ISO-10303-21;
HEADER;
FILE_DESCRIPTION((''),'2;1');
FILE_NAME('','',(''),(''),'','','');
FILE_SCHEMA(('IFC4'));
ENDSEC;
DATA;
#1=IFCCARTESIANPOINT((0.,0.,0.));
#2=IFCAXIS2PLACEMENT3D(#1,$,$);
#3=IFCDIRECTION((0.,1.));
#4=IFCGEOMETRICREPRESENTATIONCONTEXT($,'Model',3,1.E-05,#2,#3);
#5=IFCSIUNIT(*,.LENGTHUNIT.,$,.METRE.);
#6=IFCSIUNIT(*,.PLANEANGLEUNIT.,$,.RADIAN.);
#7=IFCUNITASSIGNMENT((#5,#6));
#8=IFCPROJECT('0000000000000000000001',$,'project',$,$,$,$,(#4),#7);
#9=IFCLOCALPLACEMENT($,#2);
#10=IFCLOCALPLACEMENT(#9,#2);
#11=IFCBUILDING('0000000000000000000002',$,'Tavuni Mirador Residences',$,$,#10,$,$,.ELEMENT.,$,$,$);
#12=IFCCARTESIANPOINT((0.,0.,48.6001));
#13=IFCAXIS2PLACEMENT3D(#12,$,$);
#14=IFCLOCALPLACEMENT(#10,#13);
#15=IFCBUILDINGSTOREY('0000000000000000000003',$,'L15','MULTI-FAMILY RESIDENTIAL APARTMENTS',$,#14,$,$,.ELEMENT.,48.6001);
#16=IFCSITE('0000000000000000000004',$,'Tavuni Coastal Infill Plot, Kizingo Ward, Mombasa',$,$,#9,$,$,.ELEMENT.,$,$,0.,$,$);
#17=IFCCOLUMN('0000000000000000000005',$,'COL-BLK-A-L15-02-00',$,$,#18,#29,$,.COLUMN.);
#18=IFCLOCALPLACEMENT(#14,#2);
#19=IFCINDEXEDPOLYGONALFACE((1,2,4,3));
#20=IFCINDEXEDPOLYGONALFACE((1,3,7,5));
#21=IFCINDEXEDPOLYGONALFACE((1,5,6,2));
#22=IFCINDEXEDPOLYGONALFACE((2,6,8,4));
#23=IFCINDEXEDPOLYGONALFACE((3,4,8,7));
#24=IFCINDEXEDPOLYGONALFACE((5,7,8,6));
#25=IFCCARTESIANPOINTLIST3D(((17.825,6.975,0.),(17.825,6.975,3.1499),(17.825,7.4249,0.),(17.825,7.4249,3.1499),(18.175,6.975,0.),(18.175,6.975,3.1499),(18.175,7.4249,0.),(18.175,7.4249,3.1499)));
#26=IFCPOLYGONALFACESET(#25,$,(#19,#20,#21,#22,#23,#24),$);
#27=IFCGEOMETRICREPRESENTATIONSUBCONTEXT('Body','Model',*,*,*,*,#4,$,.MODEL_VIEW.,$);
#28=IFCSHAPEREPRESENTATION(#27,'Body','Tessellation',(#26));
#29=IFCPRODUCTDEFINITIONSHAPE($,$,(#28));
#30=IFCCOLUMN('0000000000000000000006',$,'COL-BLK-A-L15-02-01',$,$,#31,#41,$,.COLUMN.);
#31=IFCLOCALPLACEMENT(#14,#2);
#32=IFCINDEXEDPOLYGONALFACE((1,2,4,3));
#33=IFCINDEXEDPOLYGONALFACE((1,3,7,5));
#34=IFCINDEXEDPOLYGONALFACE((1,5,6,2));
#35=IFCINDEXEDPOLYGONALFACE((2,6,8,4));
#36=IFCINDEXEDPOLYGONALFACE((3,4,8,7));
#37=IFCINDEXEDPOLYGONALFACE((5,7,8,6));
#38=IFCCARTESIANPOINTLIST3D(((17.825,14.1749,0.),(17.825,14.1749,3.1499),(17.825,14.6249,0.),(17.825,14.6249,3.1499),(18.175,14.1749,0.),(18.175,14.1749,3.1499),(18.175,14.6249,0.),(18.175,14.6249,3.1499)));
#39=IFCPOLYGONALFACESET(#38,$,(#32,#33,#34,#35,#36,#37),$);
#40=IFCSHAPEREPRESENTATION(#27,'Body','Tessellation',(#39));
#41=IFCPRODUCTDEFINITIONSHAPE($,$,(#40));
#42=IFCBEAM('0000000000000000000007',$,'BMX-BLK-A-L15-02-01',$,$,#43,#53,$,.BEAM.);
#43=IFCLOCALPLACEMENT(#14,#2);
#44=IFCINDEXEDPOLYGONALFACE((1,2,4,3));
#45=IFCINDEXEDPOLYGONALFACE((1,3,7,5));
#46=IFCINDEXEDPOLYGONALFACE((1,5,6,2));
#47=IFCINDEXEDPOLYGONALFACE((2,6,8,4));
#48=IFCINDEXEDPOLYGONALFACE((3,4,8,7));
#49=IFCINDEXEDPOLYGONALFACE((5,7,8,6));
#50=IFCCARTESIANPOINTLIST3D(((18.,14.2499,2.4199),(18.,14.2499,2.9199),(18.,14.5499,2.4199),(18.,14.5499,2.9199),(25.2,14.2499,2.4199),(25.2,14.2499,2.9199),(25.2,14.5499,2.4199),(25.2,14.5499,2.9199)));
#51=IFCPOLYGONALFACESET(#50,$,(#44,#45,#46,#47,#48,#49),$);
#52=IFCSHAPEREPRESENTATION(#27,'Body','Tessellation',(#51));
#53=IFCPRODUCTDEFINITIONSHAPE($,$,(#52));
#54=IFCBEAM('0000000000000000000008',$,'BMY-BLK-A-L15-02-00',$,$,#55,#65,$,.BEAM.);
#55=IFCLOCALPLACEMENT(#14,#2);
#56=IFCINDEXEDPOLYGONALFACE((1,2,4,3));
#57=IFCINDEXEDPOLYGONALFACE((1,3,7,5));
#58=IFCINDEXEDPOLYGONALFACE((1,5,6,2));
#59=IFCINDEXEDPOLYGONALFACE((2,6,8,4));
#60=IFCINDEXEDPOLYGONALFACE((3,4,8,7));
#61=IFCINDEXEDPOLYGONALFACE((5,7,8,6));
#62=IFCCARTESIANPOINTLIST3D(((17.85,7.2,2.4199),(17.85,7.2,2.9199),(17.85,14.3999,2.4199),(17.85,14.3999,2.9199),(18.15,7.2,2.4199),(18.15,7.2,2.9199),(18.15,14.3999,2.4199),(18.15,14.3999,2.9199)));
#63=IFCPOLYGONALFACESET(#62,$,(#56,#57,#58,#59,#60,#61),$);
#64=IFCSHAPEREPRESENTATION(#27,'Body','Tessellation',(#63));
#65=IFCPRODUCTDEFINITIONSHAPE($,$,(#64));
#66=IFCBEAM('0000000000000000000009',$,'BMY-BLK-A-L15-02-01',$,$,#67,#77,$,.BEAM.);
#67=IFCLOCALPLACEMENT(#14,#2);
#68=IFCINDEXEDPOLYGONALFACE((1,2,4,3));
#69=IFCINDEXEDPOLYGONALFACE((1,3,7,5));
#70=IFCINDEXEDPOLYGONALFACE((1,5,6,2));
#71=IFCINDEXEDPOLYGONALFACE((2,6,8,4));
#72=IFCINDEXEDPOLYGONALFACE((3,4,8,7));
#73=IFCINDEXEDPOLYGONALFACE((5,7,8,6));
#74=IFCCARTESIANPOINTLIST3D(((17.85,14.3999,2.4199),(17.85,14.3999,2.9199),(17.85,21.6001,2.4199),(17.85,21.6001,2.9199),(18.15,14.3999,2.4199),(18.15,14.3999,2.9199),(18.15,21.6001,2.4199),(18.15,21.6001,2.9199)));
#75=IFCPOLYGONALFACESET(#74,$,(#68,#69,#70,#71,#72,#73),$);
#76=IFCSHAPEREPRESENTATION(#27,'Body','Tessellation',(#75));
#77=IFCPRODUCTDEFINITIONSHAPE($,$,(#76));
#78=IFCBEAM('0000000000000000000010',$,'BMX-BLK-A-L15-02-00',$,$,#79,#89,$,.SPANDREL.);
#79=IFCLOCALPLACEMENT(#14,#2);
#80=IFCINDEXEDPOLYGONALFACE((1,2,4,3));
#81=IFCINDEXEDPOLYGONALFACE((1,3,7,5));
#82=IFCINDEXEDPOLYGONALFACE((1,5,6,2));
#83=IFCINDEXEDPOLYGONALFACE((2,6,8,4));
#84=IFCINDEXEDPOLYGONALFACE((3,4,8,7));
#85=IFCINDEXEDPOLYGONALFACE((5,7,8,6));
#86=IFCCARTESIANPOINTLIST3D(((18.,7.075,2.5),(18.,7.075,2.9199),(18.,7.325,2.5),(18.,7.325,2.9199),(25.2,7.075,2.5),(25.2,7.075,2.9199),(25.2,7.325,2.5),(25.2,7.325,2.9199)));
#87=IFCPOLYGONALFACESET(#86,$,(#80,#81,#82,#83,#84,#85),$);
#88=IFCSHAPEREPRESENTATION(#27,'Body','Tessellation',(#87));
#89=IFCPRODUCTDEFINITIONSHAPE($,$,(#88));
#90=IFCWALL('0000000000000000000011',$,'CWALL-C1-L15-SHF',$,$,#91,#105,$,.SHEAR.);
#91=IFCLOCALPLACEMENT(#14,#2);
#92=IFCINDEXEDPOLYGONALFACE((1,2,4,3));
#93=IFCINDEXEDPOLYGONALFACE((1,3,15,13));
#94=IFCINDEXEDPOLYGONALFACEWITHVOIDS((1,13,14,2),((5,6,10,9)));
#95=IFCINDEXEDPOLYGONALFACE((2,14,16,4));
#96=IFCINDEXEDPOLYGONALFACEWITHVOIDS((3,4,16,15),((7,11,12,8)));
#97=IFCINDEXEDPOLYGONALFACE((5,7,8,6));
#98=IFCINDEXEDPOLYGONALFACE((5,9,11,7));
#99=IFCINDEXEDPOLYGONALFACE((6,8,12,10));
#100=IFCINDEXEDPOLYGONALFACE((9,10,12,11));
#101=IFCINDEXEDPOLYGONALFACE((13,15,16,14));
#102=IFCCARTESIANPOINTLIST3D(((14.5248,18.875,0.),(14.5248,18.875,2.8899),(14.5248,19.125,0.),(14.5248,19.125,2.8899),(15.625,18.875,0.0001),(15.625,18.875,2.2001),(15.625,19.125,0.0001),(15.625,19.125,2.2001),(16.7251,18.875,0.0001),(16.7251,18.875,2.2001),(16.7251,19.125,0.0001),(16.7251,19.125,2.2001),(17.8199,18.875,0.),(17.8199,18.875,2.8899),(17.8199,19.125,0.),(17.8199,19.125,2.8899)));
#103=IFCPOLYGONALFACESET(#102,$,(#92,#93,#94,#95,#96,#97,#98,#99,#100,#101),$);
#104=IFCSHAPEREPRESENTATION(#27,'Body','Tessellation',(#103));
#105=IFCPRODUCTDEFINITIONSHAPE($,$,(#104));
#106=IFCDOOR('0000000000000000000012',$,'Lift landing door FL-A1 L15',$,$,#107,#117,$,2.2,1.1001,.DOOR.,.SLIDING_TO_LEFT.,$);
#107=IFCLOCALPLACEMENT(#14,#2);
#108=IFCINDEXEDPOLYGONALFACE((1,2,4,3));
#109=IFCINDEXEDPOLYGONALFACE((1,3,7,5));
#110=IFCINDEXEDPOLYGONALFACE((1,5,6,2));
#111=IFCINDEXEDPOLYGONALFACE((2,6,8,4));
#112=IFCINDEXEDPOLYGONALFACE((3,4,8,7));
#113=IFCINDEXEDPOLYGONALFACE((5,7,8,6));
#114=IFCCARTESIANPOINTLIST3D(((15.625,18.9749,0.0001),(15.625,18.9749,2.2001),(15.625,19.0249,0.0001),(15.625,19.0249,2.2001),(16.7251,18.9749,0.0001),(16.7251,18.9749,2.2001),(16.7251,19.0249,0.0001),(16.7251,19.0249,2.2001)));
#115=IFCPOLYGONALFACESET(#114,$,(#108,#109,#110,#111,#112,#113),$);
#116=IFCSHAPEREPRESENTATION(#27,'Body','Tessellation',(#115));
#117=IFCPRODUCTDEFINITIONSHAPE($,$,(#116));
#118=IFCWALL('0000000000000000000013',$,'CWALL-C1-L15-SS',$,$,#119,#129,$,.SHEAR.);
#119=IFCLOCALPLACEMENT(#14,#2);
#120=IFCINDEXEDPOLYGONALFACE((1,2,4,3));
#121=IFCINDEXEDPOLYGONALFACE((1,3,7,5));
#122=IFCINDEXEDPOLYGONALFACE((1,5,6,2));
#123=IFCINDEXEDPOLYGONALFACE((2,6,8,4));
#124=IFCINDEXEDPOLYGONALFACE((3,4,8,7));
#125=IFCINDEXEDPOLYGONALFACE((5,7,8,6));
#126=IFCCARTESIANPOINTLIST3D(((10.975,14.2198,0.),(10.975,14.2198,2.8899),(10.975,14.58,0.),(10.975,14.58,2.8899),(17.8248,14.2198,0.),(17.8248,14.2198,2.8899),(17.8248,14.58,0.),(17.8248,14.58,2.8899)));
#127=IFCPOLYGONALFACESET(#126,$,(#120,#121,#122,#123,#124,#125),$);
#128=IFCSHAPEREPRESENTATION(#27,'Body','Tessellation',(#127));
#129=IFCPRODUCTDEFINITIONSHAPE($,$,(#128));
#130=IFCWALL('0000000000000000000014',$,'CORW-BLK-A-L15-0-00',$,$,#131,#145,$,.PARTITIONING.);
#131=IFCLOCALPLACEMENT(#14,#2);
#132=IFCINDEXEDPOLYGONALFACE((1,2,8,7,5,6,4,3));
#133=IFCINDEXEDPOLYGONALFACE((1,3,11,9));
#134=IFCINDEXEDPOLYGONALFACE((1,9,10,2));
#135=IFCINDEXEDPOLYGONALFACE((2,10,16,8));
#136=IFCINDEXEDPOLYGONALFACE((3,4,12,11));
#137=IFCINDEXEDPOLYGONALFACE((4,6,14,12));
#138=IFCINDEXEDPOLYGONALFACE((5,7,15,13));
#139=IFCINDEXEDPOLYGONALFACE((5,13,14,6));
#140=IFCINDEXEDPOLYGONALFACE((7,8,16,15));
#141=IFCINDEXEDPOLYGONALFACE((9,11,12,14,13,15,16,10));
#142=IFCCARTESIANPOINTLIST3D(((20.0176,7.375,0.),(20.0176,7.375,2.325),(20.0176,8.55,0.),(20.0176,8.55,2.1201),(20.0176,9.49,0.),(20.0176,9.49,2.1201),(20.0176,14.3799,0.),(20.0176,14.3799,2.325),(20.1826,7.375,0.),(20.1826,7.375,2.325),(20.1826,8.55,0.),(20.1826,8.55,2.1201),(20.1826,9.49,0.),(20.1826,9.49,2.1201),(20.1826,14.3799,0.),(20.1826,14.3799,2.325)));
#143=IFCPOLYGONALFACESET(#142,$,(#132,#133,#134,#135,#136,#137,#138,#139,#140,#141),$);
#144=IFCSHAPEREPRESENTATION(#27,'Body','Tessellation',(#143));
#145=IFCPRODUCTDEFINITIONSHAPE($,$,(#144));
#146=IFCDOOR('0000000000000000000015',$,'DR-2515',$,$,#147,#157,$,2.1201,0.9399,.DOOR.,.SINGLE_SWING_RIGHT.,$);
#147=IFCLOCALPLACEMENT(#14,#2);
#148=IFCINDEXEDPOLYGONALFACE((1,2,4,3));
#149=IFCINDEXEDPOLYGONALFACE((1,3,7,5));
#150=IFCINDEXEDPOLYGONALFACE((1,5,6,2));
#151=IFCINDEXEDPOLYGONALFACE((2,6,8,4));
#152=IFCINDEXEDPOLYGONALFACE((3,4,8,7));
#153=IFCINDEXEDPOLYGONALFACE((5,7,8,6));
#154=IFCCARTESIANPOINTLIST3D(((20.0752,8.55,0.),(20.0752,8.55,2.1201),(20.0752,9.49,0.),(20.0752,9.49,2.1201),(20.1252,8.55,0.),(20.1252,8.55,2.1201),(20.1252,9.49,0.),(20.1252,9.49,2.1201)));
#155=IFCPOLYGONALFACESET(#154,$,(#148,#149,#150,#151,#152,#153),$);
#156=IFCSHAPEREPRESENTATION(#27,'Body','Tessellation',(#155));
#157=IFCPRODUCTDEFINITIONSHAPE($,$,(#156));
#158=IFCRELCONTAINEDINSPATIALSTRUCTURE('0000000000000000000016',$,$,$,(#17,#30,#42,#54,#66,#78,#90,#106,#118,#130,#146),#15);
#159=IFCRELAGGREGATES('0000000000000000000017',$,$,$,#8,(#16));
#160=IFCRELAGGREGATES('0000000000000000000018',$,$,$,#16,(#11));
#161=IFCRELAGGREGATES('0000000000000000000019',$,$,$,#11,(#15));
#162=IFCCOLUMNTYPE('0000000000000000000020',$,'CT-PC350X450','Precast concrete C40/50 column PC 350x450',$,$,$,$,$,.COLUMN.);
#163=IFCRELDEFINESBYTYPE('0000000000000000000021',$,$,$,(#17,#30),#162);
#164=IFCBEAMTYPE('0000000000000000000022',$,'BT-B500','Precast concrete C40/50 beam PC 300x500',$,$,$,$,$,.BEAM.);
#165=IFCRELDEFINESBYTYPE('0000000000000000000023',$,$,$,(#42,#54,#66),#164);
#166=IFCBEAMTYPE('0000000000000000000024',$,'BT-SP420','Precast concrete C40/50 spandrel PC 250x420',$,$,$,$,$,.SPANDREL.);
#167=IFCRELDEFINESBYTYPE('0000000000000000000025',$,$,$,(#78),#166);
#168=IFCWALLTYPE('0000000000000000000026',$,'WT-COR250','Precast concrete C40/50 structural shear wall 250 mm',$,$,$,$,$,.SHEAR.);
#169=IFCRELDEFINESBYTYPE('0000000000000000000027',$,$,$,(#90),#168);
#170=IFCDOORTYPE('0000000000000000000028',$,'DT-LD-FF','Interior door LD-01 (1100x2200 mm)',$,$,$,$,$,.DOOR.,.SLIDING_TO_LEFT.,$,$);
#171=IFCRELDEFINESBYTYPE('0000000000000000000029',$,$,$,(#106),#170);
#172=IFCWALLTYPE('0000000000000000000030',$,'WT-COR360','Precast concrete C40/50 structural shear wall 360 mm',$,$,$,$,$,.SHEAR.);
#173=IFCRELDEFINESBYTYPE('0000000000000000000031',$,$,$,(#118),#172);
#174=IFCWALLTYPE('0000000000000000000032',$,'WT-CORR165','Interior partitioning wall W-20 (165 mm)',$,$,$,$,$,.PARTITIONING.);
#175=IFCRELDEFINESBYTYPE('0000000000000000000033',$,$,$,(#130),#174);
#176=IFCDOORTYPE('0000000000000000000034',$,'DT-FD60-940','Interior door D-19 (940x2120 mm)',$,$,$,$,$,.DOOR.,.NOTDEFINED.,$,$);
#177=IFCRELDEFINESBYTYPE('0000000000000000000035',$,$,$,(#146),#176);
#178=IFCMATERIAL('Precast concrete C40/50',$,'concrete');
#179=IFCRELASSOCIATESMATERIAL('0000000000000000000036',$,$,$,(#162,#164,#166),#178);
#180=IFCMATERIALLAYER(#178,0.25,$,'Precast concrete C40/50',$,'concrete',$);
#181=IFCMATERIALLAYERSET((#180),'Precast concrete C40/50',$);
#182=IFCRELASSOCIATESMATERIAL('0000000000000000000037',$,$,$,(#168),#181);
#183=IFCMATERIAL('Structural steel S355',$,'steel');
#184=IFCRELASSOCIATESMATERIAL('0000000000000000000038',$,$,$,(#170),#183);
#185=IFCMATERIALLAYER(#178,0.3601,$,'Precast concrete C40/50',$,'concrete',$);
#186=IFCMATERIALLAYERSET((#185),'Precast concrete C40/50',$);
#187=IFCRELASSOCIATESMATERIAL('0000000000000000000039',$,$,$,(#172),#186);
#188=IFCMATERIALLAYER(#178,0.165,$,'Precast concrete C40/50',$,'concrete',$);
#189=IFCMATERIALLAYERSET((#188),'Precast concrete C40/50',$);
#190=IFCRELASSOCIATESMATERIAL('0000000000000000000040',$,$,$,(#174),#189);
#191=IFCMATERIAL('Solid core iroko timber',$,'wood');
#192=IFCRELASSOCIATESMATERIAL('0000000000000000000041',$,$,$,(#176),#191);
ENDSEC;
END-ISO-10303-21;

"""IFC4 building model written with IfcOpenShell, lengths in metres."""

from ifc_helpers import new_model, si_unit, direction, frame, frame_2d, origin, origin_2d, place, context, subcontext, project, spatial, rectangle, extrude, material, layer, layer_set, material_profile, profile_set, type_object, element, fill, save


model = new_model("IFC4")

# Units and contexts
model_context = context("Model", 3, precision=1e-05, world=origin(), true_north=direction((0.0, 1.0)))
body_context = subcontext(model_context, "Body", "Model", "MODEL_VIEW")
ifc_project = project(units=[si_unit("LENGTHUNIT", "METRE"), si_unit("PLANEANGLEUNIT", "RADIAN")], contexts=[model_context])

# Site, building, storey
site_placement = place(None, origin())
site = spatial("IfcSite", under=ifc_project, at=site_placement, Name="Tavuni Coastal Infill Plot, Kizingo Ward, Mombasa", CompositionType="ELEMENT", RefElevation=0.0)
building_placement = place(site_placement, origin())
building = spatial("IfcBuilding", under=site, at=building_placement, Name="Tavuni Mirador Residences", CompositionType="ELEMENT")
storey_placement = place(building_placement, frame((0.0, 0.0, 48.6001)))
storey = spatial("IfcBuildingStorey", under=building, at=storey_placement, Name="L15", Description="MULTI-FAMILY RESIDENTIAL APARTMENTS", CompositionType="ELEMENT", Elevation=48.6001)

# Columns
ifc_material_1 = material(Name="Precast concrete C40/50", Category="concrete")
ifc_material_profile_1 = material_profile(ifc_material_1, rectangle(XDim=0.3501, YDim=0.45, at=origin_2d()), Name="PC 350x450", Category="concrete")
ifc_profile_set_1 = profile_set([ifc_material_profile_1], Name="Precast concrete C40/50")
column_type = type_object("IfcColumnType", Name="CT-PC350X450", Description="Precast concrete C40/50 column PC 350x450", PredefinedType="COLUMN", material=ifc_profile_set_1)
for number, where, z_axis, x_axis, name in (
    (1, (18.0, 7.2, 0.0), (0.0, 0.0, 1.0), (1.0, 0.0, 0.0), "COL-BLK-A-L15-02-00"),
    (2, (18.0, 14.3999, 0.0), (0.0, 0.0, 1.0), (1.0, 0.0, 0.0), "COL-BLK-A-L15-02-01"),
):
    element("IfcColumn", number, at=place(storey_placement, frame(where, z_axis=z_axis, x_axis=x_axis)), inside=storey, type_object=column_type, Name=name, PredefinedType="COLUMN", context=body_context, shape_type="SweptSolid", body=[
        extrude(rectangle(XDim=0.3501, YDim=0.45, at=origin_2d()), origin(), (0.0, 0.0, 1.0), 3.1499),
    ])

# Beams
ifc_material_profile_2 = material_profile(ifc_material_1, rectangle(XDim=0.3, YDim=0.5, at=origin_2d()), Name="PC 300x500", Category="concrete")
ifc_profile_set_2 = profile_set([ifc_material_profile_2], Name="Precast concrete C40/50")
beam_type_1 = type_object("IfcBeamType", Name="BT-B500", Description="Precast concrete C40/50 beam PC 300x500", PredefinedType="BEAM", material=ifc_profile_set_2)
for number, where, z_axis, x_axis, name in (
    (3, (18.0, 14.3999, 2.6699), (1.0, 0.0, 0.0), (0.0, 1.0, 0.0), "BMX-BLK-A-L15-02-01"),
    (4, (18.0, 7.2, 2.6699), (0.0, 1.0, 0.0), (-1.0, 0.0, 0.0), "BMY-BLK-A-L15-02-00"),
):
    element("IfcBeam", number, at=place(storey_placement, frame(where, z_axis=z_axis, x_axis=x_axis)), inside=storey, type_object=beam_type_1, Name=name, PredefinedType="BEAM", context=body_context, shape_type="SweptSolid", body=[
        extrude(rectangle(XDim=0.3, YDim=0.5, at=origin_2d()), origin(), (0.0, 0.0, 1.0), 7.2),
    ])
beam_1_placement = place(storey_placement, frame((18.0, 14.3999, 2.6699), z_axis=(0.0, 1.0, 0.0), x_axis=(-1.0, 0.0, 0.0)))
element("IfcBeam", 5, at=beam_1_placement, inside=storey, type_object=beam_type_1, Name="BMY-BLK-A-L15-02-01", PredefinedType="BEAM", context=body_context, shape_type="SweptSolid", body=[
    extrude(rectangle(XDim=0.3, YDim=0.5, at=origin_2d()), origin(), (0.0, 0.0, 1.0), 7.2002),
])
ifc_material_profile_3 = material_profile(ifc_material_1, rectangle(XDim=0.25, YDim=0.4199, at=origin_2d()), Name="PC 250x420", Category="concrete")
ifc_profile_set_3 = profile_set([ifc_material_profile_3], Name="Precast concrete C40/50")
beam_type_2 = type_object("IfcBeamType", Name="BT-SP420", Description="Precast concrete C40/50 spandrel PC 250x420", PredefinedType="SPANDREL", material=ifc_profile_set_3)
beam_2_placement = place(storey_placement, frame((18.0, 7.2, 2.71), z_axis=(1.0, 0.0, 0.0), x_axis=(0.0, 1.0, 0.0)))
element("IfcBeam", 6, at=beam_2_placement, inside=storey, type_object=beam_type_2, Name="BMX-BLK-A-L15-02-00", PredefinedType="SPANDREL", context=body_context, shape_type="SweptSolid", body=[
    extrude(rectangle(XDim=0.25, YDim=0.4199, at=origin_2d()), origin(), (0.0, 0.0, 1.0), 7.2),
])

# Wall, opening, door
ifc_layer_1 = layer(ifc_material_1, 0.25, Name="Precast concrete C40/50", Category="concrete")
ifc_layer_set_1 = layer_set([ifc_layer_1], Name="Precast concrete C40/50")
wall_type_1 = type_object("IfcWallType", Name="WT-COR250", Description="Precast concrete C40/50 structural shear wall 250 mm", PredefinedType="SHEAR", material=ifc_layer_set_1)
ifc_material_2 = material(Name="Solid core iroko timber", Category="wood")
wall_1_placement = place(storey_placement, frame((14.5249, 19.0, 0.0), z_axis=(0.0, 0.0, 1.0), x_axis=(1.0, 0.0, 0.0)))
wall_1 = element("IfcWall", 7, at=wall_1_placement, inside=storey, type_object=wall_type_1, Name="CWALL-C1-L15-SHF", PredefinedType="SHEAR", context=body_context, shape_type="SweptSolid", body=[
    extrude(rectangle(XDim=3.2952, YDim=0.25, at=frame_2d((1.6475, 0.0))), origin(), (0.0, 0.0, 1.0), 2.8899),
])
opening_1_placement = place(wall_1_placement, frame((1.1001, 0.0, 0.0)))
opening_1 = element("IfcOpeningElement", 8, at=opening_1_placement, cuts=wall_1, PredefinedType="OPENING", context=body_context, shape_type="SweptSolid", body=[
    extrude(rectangle(XDim=1.1001, YDim=2.2, at=frame_2d((0.55, 1.1001))), frame((0.0, 0.135, 0.0), z_axis=(0.0, -1.0, 0.0), x_axis=(1.0, 0.0, 0.0)), (0.0, 0.0, 1.0), 0.27),
])
ifc_material_3 = material(Name="Structural steel S355", Category="steel")
door_type_1 = type_object("IfcDoorType", Name="DT-LD-FF", Description="Interior door LD-01 (1100x2200 mm)", OperationType="SLIDING_TO_LEFT", PredefinedType="DOOR", material=ifc_material_3)
door_1_placement = place(opening_1_placement, origin())
door_1 = element("IfcDoor", 9, at=door_1_placement, inside=storey, type_object=door_type_1, Name="Lift landing door FL-A1 L15", OperationType="SLIDING_TO_LEFT", OverallHeight=2.2, OverallWidth=1.1001, PredefinedType="DOOR", context=body_context, shape_type="SweptSolid", body=[
    extrude(rectangle(XDim=1.1001, YDim=2.2, at=frame_2d((0.55, 1.1001))), frame((0.0, 0.0249, 0.0), z_axis=(0.0, -1.0, 0.0), x_axis=(1.0, 0.0, 0.0)), (0.0, 0.0, 1.0), 0.05),
])
fill(opening_1, door_1)
ifc_layer_2 = layer(ifc_material_1, 0.3601, Name="Precast concrete C40/50", Category="concrete")
ifc_layer_set_2 = layer_set([ifc_layer_2], Name="Precast concrete C40/50")
wall_type_2 = type_object("IfcWallType", Name="WT-COR360", Description="Precast concrete C40/50 structural shear wall 360 mm", PredefinedType="SHEAR", material=ifc_layer_set_2)

# Wall
wall_2_placement = place(storey_placement, frame((10.9751, 14.3999, 0.0), z_axis=(0.0, 0.0, 1.0), x_axis=(1.0, 0.0, 0.0)))
element("IfcWall", 10, at=wall_2_placement, inside=storey, type_object=wall_type_2, Name="CWALL-C1-L15-SS", PredefinedType="SHEAR", context=body_context, shape_type="SweptSolid", body=[
    extrude(rectangle(XDim=6.8499, YDim=0.3601, at=frame_2d((3.4248, 0.0))), origin(), (0.0, 0.0, 1.0), 2.8899),
])

# Wall, opening, door
ifc_layer_3 = layer(ifc_material_1, 0.165, Name="Precast concrete C40/50", Category="concrete")
ifc_layer_set_3 = layer_set([ifc_layer_3], Name="Precast concrete C40/50")
wall_type_3 = type_object("IfcWallType", Name="WT-CORR165", Description="Interior partitioning wall W-20 (165 mm)", PredefinedType="PARTITIONING", material=ifc_layer_set_3)
wall_3_placement = place(storey_placement, frame((20.1001, 7.375, 0.0), z_axis=(0.0, 0.0, 1.0), x_axis=(0.0, 1.0, 0.0)))
wall_3 = element("IfcWall", 11, at=wall_3_placement, inside=storey, type_object=wall_type_3, Name="CORW-BLK-A-L15-0-00", PredefinedType="PARTITIONING", context=body_context, shape_type="SweptSolid", body=[
    extrude(rectangle(XDim=7.0049, YDim=0.165, at=frame_2d((3.5024, 0.0))), origin(), (0.0, 0.0, 1.0), 2.325),
])
opening_2_placement = place(wall_3_placement, frame((1.175, 0.0, 0.0)))
opening_2 = element("IfcOpeningElement", 12, at=opening_2_placement, cuts=wall_3, PredefinedType="OPENING", context=body_context, shape_type="SweptSolid", body=[
    extrude(rectangle(XDim=0.9399, YDim=2.1201, at=frame_2d((0.47, 1.0601))), frame((0.0, 0.0925, 0.0), z_axis=(0.0, -1.0, 0.0), x_axis=(1.0, 0.0, 0.0)), (0.0, 0.0, 1.0), 0.1851),
])
door_type_2 = type_object("IfcDoorType", Name="DT-FD60-940", Description="Interior door D-19 (940x2120 mm)", OperationType="NOTDEFINED", PredefinedType="DOOR", material=ifc_material_2)
door_2_placement = place(opening_2_placement, origin())
door_2 = element("IfcDoor", 13, at=door_2_placement, inside=storey, type_object=door_type_2, Name="DR-2515", OperationType="SINGLE_SWING_RIGHT", OverallHeight=2.1201, OverallWidth=0.9399, PredefinedType="DOOR", context=body_context, shape_type="SweptSolid", body=[
    extrude(rectangle(XDim=0.9399, YDim=2.1201, at=frame_2d((0.47, 1.0601))), frame((0.0, 0.0249, 0.0), z_axis=(0.0, -1.0, 0.0), x_axis=(1.0, 0.0, 0.0)), (0.0, 0.0, 1.0), 0.05),
])
fill(opening_2, door_2)

save(model, "model.ifc")
